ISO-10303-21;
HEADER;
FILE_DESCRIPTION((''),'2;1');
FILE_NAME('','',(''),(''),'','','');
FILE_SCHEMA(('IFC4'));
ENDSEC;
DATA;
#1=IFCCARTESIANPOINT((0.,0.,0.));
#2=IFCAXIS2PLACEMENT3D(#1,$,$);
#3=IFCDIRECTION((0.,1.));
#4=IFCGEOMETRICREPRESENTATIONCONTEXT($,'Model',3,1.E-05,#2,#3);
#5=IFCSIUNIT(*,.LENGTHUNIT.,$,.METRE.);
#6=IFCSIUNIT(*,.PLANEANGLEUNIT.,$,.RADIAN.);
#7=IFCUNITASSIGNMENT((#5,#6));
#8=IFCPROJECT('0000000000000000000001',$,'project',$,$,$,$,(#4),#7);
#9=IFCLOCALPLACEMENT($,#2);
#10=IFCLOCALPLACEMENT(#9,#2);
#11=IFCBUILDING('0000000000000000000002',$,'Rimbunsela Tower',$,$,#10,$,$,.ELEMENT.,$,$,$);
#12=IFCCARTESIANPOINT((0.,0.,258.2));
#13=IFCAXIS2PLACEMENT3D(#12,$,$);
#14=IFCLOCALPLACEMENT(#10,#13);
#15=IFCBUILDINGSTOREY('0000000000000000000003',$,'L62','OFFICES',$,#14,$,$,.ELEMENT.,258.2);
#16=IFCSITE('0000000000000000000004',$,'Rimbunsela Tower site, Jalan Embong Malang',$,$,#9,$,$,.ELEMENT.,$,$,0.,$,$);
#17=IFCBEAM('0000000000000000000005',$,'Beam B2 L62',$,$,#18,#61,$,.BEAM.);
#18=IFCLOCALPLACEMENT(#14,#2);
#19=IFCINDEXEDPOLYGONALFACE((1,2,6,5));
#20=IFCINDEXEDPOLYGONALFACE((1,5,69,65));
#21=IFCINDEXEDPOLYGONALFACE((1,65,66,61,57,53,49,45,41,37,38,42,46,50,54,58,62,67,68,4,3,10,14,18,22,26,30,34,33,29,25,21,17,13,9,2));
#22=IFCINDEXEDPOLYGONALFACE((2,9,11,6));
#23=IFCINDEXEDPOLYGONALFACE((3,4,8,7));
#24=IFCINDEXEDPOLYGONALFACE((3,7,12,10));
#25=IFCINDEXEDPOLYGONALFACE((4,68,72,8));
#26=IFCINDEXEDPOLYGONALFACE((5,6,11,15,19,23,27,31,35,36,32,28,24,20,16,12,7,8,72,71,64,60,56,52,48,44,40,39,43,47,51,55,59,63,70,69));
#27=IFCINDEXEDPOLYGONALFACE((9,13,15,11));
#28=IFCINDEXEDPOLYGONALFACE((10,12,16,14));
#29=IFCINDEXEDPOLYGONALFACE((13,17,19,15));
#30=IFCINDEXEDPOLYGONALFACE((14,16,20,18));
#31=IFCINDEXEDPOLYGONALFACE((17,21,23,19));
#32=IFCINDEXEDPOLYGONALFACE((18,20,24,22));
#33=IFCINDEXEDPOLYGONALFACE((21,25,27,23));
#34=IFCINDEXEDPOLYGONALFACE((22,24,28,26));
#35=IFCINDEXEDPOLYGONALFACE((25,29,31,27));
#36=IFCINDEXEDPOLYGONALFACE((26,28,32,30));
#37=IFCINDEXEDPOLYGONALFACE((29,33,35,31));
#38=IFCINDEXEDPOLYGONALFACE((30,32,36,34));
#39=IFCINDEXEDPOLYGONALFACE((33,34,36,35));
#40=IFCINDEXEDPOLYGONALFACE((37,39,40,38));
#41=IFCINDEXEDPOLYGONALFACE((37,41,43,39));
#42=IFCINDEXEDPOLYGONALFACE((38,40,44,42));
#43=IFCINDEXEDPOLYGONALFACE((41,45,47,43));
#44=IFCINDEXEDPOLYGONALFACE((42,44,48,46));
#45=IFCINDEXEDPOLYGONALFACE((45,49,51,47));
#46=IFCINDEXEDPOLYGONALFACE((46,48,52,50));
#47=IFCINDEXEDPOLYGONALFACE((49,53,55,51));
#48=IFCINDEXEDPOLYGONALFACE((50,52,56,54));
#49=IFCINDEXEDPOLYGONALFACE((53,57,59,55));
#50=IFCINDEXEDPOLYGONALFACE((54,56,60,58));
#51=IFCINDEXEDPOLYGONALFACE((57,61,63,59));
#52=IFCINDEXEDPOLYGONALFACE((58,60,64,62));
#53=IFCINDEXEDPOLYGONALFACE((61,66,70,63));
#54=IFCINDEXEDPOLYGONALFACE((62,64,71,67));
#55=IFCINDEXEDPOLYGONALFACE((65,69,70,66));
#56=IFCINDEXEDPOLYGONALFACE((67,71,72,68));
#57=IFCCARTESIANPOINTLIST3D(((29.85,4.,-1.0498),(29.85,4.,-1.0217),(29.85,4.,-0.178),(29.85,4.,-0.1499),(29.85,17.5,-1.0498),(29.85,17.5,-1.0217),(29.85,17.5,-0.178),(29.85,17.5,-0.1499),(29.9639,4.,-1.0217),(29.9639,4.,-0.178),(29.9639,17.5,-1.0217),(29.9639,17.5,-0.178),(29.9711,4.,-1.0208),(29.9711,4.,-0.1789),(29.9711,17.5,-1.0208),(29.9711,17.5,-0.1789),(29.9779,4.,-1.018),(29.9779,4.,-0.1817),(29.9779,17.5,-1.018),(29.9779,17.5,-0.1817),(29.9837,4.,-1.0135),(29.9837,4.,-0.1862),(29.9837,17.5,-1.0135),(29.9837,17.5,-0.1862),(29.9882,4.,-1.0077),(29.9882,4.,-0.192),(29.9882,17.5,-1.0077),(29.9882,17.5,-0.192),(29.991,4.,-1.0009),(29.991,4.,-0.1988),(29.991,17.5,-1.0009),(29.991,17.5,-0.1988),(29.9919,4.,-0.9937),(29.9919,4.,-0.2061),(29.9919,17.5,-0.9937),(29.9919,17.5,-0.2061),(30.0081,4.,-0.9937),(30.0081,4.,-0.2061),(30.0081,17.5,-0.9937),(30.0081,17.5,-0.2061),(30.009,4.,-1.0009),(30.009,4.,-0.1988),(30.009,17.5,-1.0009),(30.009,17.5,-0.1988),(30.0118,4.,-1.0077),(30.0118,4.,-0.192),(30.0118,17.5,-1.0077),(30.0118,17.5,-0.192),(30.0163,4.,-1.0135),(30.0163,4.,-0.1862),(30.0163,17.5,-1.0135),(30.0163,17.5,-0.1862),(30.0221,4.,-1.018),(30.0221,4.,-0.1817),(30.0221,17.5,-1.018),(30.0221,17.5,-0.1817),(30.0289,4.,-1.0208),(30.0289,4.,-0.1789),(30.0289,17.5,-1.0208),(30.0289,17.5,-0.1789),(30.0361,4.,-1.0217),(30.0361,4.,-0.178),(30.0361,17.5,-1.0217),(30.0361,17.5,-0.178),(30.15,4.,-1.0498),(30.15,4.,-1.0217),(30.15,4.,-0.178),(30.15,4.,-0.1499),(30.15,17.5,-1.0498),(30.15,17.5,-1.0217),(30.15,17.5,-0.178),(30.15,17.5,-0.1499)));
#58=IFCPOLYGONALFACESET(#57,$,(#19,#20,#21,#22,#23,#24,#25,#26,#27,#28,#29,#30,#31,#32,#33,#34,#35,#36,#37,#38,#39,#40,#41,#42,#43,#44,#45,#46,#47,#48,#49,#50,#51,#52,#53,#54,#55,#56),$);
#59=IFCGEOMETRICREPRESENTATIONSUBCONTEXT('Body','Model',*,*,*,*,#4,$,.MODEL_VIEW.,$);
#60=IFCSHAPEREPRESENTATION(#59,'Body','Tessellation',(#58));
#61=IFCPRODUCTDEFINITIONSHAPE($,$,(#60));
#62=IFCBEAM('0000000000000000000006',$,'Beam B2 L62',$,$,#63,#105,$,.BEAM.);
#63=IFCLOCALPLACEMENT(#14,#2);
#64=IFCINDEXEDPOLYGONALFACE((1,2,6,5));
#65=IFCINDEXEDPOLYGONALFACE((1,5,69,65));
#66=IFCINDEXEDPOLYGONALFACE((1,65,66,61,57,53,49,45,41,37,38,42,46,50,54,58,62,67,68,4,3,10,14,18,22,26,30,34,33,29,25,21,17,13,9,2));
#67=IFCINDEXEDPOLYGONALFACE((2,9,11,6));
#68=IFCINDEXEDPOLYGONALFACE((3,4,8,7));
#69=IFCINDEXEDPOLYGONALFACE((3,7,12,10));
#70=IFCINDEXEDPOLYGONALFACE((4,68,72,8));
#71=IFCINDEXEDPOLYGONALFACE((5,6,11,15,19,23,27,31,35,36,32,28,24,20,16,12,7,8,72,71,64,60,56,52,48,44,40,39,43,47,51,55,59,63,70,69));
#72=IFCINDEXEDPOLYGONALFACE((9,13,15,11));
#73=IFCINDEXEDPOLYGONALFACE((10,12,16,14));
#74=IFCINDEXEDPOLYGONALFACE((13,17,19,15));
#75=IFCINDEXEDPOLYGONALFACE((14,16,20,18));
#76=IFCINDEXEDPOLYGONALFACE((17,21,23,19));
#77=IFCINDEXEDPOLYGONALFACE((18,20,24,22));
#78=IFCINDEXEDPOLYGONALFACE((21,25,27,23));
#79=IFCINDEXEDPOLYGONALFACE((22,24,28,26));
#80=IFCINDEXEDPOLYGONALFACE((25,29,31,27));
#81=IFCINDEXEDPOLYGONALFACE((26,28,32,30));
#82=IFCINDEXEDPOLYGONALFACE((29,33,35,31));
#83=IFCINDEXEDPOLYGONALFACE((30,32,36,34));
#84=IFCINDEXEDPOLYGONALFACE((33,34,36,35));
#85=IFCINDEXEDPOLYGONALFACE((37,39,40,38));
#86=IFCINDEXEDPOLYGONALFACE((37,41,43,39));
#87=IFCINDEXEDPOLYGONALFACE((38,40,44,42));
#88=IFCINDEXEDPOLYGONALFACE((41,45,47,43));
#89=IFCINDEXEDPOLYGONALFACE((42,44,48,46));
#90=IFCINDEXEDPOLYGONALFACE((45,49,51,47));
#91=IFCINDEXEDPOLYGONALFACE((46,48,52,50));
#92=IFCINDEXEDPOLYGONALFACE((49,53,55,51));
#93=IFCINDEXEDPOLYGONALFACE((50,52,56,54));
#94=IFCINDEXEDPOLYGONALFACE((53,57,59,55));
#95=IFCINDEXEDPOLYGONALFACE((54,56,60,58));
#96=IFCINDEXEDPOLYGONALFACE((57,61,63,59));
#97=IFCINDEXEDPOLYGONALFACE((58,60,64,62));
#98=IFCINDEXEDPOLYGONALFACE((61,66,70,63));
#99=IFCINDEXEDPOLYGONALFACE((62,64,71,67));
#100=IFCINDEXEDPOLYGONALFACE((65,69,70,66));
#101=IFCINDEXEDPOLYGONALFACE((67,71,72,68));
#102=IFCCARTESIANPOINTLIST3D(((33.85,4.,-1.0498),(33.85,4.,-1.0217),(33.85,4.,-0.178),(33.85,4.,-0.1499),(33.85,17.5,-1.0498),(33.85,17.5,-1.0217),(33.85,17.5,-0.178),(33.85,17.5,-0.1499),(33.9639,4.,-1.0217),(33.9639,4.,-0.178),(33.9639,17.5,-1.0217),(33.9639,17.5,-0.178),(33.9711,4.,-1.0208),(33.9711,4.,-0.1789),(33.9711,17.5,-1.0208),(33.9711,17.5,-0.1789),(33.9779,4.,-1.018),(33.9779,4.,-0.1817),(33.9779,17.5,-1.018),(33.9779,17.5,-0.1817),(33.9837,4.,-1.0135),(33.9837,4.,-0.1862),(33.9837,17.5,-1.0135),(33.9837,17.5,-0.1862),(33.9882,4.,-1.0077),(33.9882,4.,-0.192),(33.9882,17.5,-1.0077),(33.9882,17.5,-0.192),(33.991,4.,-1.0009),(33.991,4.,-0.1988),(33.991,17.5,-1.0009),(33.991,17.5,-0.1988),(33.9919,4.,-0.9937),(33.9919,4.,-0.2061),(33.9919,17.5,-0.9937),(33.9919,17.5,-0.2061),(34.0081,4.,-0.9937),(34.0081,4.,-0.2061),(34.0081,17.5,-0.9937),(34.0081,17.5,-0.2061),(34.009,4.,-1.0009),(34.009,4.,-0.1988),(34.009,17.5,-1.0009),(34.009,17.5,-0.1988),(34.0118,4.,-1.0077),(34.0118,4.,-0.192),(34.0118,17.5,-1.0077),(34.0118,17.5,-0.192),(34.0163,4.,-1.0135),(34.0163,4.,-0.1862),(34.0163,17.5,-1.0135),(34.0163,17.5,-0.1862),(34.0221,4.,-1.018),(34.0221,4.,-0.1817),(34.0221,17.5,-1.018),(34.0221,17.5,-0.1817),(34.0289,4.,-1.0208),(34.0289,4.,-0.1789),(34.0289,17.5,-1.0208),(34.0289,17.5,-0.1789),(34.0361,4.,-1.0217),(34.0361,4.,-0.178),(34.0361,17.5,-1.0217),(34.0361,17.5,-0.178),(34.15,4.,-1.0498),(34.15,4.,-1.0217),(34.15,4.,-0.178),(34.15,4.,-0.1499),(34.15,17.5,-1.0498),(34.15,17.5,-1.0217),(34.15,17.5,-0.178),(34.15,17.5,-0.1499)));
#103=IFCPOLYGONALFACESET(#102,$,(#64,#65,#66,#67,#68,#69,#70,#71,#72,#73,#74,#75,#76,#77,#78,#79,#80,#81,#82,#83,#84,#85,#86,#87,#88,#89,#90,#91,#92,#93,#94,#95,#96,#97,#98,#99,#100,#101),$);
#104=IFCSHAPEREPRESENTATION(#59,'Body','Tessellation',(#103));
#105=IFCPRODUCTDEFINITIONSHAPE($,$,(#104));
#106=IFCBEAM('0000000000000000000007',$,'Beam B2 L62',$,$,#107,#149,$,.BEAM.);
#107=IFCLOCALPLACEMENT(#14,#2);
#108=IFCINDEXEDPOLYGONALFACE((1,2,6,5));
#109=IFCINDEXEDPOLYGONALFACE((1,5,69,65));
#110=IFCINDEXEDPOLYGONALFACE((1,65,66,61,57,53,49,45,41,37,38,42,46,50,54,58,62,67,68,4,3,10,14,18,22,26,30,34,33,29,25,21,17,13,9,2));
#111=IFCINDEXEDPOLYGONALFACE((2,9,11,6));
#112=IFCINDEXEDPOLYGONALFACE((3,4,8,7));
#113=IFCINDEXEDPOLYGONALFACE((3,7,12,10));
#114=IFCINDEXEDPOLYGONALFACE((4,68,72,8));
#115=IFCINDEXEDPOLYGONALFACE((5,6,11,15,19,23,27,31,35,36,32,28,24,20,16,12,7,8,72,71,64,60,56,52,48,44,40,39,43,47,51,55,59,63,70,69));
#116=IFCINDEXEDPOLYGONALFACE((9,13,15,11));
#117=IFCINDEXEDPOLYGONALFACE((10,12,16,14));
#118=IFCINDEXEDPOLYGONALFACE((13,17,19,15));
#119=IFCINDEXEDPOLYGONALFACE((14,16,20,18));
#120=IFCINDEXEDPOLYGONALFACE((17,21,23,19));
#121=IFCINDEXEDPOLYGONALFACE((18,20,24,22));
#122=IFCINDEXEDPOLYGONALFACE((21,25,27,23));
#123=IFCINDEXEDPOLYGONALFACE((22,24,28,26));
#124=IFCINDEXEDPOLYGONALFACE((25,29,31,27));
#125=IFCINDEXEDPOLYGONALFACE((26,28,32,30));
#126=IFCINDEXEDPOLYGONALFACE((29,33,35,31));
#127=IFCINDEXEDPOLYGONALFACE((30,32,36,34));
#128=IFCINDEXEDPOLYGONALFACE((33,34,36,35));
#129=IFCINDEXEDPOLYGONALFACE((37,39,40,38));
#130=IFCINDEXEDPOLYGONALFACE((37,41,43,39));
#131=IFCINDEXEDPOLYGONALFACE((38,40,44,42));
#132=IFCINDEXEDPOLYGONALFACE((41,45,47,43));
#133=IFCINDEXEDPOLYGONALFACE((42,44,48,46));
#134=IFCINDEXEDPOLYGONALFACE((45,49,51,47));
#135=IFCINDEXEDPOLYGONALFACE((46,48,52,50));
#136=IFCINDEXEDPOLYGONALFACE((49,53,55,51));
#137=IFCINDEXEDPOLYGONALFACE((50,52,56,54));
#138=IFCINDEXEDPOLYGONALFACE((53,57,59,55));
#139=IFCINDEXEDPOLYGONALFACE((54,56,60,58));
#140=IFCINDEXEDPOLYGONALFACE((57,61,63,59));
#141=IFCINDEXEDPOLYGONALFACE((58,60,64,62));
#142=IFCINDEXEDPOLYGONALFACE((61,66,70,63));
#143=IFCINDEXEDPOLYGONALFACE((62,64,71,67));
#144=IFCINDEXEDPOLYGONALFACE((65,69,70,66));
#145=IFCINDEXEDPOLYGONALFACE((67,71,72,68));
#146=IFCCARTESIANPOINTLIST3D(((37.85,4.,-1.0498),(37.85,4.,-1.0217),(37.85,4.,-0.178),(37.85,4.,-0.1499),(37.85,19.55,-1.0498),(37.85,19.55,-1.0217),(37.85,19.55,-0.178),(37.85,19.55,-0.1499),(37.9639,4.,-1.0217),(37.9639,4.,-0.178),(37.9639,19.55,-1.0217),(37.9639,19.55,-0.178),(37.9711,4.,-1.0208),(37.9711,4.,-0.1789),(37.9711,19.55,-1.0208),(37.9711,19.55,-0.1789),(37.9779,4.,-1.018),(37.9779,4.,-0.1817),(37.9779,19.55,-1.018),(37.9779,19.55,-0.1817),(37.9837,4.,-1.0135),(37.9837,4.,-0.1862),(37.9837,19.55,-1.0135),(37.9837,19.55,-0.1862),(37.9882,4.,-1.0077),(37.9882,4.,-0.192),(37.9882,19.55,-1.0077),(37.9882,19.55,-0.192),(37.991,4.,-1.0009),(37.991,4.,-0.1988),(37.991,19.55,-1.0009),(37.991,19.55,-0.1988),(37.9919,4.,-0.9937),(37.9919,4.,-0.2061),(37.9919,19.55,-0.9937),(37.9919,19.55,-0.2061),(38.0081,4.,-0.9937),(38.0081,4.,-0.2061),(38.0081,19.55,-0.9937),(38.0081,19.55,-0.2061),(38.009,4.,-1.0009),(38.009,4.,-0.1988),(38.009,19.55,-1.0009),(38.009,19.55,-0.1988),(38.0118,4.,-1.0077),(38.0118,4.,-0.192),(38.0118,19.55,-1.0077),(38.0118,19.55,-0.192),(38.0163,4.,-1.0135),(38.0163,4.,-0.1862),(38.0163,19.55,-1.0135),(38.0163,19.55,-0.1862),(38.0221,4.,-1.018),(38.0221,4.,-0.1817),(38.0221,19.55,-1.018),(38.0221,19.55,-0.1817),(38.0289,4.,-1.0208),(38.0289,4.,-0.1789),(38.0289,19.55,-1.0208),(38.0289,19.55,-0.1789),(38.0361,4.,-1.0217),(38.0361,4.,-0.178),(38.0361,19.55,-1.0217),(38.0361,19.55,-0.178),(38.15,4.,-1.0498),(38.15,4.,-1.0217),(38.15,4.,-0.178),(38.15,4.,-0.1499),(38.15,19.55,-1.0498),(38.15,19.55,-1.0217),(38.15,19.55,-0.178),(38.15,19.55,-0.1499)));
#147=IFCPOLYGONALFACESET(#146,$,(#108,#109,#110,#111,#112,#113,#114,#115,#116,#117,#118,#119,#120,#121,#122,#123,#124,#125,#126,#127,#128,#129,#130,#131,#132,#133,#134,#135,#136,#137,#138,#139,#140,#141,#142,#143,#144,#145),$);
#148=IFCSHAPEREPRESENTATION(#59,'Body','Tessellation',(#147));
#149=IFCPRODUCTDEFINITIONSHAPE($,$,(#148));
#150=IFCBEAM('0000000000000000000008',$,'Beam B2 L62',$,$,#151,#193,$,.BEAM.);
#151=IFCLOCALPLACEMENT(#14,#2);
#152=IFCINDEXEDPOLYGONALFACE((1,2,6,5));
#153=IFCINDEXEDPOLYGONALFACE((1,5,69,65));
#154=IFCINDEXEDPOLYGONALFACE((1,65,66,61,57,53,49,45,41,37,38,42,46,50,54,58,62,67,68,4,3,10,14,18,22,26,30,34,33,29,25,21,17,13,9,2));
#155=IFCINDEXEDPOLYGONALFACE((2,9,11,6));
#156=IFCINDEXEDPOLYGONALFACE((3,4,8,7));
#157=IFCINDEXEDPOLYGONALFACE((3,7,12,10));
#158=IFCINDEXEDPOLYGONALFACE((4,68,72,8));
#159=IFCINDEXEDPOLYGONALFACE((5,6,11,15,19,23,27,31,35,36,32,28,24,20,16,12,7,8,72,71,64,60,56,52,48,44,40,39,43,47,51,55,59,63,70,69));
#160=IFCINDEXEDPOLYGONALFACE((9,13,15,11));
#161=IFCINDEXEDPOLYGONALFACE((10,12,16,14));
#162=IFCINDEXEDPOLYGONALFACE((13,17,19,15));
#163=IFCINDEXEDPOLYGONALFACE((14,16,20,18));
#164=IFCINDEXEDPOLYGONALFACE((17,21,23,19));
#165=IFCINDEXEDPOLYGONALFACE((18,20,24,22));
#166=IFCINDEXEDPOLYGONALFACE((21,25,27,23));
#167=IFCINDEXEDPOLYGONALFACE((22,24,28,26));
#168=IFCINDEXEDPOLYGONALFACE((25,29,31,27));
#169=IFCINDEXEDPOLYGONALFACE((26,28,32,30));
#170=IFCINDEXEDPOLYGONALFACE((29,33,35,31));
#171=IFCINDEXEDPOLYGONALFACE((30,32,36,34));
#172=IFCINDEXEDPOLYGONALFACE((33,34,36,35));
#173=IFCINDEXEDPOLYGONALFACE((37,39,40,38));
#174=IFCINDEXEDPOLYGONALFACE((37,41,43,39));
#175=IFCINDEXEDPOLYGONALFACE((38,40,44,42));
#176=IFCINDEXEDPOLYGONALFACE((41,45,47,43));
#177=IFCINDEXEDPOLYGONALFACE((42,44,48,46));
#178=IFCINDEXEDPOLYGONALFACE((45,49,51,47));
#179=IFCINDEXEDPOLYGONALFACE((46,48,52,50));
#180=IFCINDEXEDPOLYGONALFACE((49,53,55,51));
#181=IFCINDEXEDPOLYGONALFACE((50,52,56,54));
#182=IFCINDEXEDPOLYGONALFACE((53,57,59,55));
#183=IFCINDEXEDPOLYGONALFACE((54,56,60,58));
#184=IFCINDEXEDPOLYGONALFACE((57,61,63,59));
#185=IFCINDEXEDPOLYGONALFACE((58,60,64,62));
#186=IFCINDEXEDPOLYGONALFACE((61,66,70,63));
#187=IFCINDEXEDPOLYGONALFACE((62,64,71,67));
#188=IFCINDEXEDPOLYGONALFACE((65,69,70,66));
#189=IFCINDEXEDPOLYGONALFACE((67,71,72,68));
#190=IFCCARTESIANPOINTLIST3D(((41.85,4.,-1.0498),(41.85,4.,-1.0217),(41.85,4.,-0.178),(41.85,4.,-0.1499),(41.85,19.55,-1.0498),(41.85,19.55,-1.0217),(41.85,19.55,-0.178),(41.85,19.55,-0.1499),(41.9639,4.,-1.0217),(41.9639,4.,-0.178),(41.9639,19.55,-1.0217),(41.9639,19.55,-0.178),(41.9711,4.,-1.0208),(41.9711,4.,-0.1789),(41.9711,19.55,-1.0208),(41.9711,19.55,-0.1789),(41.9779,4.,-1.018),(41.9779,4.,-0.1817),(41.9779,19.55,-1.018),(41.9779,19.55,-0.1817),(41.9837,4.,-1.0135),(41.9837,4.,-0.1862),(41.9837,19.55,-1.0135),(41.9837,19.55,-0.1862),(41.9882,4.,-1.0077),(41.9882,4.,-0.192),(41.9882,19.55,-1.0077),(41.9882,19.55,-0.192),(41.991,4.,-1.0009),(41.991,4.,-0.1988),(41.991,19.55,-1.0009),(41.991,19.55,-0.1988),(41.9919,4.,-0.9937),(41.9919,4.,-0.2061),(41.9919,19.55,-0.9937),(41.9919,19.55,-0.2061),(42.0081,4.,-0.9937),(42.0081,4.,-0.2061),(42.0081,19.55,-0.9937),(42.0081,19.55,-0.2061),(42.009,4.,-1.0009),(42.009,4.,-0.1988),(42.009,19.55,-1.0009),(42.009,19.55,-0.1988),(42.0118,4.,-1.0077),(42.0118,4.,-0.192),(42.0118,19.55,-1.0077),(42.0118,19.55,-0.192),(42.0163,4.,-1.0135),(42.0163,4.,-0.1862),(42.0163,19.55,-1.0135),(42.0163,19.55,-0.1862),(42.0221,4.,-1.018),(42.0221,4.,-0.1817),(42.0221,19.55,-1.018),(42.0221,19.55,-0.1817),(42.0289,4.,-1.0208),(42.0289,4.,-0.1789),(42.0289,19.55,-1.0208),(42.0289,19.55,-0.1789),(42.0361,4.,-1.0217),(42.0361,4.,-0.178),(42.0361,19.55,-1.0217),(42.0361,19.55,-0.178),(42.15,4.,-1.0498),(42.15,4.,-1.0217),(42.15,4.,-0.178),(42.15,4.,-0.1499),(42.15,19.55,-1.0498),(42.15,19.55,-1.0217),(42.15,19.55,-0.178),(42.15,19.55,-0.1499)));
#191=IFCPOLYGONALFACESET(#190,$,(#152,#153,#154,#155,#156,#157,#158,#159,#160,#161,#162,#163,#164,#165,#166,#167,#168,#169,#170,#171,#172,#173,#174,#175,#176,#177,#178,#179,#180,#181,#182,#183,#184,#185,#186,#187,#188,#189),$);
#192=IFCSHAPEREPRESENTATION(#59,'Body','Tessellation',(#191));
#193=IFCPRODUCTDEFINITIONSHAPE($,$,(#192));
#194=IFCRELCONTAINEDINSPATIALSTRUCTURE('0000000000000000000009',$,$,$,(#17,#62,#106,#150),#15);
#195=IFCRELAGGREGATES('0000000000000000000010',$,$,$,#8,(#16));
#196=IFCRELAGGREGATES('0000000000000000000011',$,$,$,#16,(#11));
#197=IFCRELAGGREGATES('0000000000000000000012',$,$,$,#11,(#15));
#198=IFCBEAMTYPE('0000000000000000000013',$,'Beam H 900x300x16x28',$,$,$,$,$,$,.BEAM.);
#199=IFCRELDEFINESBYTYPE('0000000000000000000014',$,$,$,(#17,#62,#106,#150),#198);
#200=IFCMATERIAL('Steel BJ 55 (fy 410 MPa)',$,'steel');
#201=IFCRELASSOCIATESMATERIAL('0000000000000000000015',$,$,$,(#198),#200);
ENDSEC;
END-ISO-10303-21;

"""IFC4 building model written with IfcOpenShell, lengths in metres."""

from ifc_helpers import new_model, si_unit, direction, frame, origin, origin_2d, place, context, subcontext, project, spatial, i_section, extrude, material, material_profile, profile_set, type_object, element, save


model = new_model("IFC4")

# Units and contexts
model_context = context("Model", 3, precision=1e-05, world=origin(), true_north=direction((0.0, 1.0)))
body_context = subcontext(model_context, "Body", "Model", "MODEL_VIEW")
ifc_project = project(units=[si_unit("LENGTHUNIT", "METRE"), si_unit("PLANEANGLEUNIT", "RADIAN")], contexts=[model_context])

# Site, building, storey
site_placement = place(None, origin())
site = spatial("IfcSite", under=ifc_project, at=site_placement, Name="Rimbunsela Tower site, Jalan Embong Malang", CompositionType="ELEMENT", RefElevation=0.0)
building_placement = place(site_placement, origin())
building = spatial("IfcBuilding", under=site, at=building_placement, Name="Rimbunsela Tower", CompositionType="ELEMENT")
storey_placement = place(building_placement, frame((0.0, 0.0, 258.2)))
storey = spatial("IfcBuildingStorey", under=building, at=storey_placement, Name="L62", Description="OFFICES", CompositionType="ELEMENT", Elevation=258.2)

# Beams
ifc_material_1 = material(Name="Steel BJ 55 (fy 410 MPa)", Category="steel")
ifc_material_profile_1 = material_profile(ifc_material_1, i_section(OverallWidth=0.3, OverallDepth=0.8999, WebThickness=0.0161, FlangeThickness=0.0281, FilletRadius=0.0281, at=origin_2d()), Name="H 900x300x16x28")
ifc_profile_set_1 = profile_set([ifc_material_profile_1], Name="Steel BJ 55 (fy 410 MPa)")
beam_type_1 = type_object("IfcBeamType", Name="Beam H 900x300x16x28", PredefinedType="BEAM", material=ifc_profile_set_1)
for number, where, z_axis, x_axis, name in (
    (1, (30.0, 4.0, -0.5999), (0.0, 1.0, 0.0), (-1.0, 0.0, 0.0), "Beam B2 L62"),
    (2, (34.0, 4.0, -0.5999), (0.0, 1.0, 0.0), (-1.0, 0.0, 0.0), "Beam B2 L62"),
):
    element("IfcBeam", number, at=place(storey_placement, frame(where, z_axis=z_axis, x_axis=x_axis)), inside=storey, type_object=beam_type_1, Name=name, PredefinedType="BEAM", context=body_context, shape_type="SweptSolid", body=[
        extrude(i_section(OverallWidth=0.3, OverallDepth=0.8999, WebThickness=0.0161, FlangeThickness=0.0281, FilletRadius=0.0281, at=origin_2d()), origin(), (0.0, 0.0, 1.0), 13.5),
    ])
for number, where, z_axis, x_axis, name in (
    (3, (38.0, 4.0, -0.5999), (0.0, 1.0, 0.0), (-1.0, 0.0, 0.0), "Beam B2 L62"),
    (4, (42.0, 4.0, -0.5999), (0.0, 1.0, 0.0), (-1.0, 0.0, 0.0), "Beam B2 L62"),
):
    element("IfcBeam", number, at=place(storey_placement, frame(where, z_axis=z_axis, x_axis=x_axis)), inside=storey, type_object=beam_type_1, Name=name, PredefinedType="BEAM", context=body_context, shape_type="SweptSolid", body=[
        extrude(i_section(OverallWidth=0.3, OverallDepth=0.8999, WebThickness=0.0161, FlangeThickness=0.0281, FilletRadius=0.0281, at=origin_2d()), origin(), (0.0, 0.0, 1.0), 15.55),
    ])

save(model, "model.ifc")
